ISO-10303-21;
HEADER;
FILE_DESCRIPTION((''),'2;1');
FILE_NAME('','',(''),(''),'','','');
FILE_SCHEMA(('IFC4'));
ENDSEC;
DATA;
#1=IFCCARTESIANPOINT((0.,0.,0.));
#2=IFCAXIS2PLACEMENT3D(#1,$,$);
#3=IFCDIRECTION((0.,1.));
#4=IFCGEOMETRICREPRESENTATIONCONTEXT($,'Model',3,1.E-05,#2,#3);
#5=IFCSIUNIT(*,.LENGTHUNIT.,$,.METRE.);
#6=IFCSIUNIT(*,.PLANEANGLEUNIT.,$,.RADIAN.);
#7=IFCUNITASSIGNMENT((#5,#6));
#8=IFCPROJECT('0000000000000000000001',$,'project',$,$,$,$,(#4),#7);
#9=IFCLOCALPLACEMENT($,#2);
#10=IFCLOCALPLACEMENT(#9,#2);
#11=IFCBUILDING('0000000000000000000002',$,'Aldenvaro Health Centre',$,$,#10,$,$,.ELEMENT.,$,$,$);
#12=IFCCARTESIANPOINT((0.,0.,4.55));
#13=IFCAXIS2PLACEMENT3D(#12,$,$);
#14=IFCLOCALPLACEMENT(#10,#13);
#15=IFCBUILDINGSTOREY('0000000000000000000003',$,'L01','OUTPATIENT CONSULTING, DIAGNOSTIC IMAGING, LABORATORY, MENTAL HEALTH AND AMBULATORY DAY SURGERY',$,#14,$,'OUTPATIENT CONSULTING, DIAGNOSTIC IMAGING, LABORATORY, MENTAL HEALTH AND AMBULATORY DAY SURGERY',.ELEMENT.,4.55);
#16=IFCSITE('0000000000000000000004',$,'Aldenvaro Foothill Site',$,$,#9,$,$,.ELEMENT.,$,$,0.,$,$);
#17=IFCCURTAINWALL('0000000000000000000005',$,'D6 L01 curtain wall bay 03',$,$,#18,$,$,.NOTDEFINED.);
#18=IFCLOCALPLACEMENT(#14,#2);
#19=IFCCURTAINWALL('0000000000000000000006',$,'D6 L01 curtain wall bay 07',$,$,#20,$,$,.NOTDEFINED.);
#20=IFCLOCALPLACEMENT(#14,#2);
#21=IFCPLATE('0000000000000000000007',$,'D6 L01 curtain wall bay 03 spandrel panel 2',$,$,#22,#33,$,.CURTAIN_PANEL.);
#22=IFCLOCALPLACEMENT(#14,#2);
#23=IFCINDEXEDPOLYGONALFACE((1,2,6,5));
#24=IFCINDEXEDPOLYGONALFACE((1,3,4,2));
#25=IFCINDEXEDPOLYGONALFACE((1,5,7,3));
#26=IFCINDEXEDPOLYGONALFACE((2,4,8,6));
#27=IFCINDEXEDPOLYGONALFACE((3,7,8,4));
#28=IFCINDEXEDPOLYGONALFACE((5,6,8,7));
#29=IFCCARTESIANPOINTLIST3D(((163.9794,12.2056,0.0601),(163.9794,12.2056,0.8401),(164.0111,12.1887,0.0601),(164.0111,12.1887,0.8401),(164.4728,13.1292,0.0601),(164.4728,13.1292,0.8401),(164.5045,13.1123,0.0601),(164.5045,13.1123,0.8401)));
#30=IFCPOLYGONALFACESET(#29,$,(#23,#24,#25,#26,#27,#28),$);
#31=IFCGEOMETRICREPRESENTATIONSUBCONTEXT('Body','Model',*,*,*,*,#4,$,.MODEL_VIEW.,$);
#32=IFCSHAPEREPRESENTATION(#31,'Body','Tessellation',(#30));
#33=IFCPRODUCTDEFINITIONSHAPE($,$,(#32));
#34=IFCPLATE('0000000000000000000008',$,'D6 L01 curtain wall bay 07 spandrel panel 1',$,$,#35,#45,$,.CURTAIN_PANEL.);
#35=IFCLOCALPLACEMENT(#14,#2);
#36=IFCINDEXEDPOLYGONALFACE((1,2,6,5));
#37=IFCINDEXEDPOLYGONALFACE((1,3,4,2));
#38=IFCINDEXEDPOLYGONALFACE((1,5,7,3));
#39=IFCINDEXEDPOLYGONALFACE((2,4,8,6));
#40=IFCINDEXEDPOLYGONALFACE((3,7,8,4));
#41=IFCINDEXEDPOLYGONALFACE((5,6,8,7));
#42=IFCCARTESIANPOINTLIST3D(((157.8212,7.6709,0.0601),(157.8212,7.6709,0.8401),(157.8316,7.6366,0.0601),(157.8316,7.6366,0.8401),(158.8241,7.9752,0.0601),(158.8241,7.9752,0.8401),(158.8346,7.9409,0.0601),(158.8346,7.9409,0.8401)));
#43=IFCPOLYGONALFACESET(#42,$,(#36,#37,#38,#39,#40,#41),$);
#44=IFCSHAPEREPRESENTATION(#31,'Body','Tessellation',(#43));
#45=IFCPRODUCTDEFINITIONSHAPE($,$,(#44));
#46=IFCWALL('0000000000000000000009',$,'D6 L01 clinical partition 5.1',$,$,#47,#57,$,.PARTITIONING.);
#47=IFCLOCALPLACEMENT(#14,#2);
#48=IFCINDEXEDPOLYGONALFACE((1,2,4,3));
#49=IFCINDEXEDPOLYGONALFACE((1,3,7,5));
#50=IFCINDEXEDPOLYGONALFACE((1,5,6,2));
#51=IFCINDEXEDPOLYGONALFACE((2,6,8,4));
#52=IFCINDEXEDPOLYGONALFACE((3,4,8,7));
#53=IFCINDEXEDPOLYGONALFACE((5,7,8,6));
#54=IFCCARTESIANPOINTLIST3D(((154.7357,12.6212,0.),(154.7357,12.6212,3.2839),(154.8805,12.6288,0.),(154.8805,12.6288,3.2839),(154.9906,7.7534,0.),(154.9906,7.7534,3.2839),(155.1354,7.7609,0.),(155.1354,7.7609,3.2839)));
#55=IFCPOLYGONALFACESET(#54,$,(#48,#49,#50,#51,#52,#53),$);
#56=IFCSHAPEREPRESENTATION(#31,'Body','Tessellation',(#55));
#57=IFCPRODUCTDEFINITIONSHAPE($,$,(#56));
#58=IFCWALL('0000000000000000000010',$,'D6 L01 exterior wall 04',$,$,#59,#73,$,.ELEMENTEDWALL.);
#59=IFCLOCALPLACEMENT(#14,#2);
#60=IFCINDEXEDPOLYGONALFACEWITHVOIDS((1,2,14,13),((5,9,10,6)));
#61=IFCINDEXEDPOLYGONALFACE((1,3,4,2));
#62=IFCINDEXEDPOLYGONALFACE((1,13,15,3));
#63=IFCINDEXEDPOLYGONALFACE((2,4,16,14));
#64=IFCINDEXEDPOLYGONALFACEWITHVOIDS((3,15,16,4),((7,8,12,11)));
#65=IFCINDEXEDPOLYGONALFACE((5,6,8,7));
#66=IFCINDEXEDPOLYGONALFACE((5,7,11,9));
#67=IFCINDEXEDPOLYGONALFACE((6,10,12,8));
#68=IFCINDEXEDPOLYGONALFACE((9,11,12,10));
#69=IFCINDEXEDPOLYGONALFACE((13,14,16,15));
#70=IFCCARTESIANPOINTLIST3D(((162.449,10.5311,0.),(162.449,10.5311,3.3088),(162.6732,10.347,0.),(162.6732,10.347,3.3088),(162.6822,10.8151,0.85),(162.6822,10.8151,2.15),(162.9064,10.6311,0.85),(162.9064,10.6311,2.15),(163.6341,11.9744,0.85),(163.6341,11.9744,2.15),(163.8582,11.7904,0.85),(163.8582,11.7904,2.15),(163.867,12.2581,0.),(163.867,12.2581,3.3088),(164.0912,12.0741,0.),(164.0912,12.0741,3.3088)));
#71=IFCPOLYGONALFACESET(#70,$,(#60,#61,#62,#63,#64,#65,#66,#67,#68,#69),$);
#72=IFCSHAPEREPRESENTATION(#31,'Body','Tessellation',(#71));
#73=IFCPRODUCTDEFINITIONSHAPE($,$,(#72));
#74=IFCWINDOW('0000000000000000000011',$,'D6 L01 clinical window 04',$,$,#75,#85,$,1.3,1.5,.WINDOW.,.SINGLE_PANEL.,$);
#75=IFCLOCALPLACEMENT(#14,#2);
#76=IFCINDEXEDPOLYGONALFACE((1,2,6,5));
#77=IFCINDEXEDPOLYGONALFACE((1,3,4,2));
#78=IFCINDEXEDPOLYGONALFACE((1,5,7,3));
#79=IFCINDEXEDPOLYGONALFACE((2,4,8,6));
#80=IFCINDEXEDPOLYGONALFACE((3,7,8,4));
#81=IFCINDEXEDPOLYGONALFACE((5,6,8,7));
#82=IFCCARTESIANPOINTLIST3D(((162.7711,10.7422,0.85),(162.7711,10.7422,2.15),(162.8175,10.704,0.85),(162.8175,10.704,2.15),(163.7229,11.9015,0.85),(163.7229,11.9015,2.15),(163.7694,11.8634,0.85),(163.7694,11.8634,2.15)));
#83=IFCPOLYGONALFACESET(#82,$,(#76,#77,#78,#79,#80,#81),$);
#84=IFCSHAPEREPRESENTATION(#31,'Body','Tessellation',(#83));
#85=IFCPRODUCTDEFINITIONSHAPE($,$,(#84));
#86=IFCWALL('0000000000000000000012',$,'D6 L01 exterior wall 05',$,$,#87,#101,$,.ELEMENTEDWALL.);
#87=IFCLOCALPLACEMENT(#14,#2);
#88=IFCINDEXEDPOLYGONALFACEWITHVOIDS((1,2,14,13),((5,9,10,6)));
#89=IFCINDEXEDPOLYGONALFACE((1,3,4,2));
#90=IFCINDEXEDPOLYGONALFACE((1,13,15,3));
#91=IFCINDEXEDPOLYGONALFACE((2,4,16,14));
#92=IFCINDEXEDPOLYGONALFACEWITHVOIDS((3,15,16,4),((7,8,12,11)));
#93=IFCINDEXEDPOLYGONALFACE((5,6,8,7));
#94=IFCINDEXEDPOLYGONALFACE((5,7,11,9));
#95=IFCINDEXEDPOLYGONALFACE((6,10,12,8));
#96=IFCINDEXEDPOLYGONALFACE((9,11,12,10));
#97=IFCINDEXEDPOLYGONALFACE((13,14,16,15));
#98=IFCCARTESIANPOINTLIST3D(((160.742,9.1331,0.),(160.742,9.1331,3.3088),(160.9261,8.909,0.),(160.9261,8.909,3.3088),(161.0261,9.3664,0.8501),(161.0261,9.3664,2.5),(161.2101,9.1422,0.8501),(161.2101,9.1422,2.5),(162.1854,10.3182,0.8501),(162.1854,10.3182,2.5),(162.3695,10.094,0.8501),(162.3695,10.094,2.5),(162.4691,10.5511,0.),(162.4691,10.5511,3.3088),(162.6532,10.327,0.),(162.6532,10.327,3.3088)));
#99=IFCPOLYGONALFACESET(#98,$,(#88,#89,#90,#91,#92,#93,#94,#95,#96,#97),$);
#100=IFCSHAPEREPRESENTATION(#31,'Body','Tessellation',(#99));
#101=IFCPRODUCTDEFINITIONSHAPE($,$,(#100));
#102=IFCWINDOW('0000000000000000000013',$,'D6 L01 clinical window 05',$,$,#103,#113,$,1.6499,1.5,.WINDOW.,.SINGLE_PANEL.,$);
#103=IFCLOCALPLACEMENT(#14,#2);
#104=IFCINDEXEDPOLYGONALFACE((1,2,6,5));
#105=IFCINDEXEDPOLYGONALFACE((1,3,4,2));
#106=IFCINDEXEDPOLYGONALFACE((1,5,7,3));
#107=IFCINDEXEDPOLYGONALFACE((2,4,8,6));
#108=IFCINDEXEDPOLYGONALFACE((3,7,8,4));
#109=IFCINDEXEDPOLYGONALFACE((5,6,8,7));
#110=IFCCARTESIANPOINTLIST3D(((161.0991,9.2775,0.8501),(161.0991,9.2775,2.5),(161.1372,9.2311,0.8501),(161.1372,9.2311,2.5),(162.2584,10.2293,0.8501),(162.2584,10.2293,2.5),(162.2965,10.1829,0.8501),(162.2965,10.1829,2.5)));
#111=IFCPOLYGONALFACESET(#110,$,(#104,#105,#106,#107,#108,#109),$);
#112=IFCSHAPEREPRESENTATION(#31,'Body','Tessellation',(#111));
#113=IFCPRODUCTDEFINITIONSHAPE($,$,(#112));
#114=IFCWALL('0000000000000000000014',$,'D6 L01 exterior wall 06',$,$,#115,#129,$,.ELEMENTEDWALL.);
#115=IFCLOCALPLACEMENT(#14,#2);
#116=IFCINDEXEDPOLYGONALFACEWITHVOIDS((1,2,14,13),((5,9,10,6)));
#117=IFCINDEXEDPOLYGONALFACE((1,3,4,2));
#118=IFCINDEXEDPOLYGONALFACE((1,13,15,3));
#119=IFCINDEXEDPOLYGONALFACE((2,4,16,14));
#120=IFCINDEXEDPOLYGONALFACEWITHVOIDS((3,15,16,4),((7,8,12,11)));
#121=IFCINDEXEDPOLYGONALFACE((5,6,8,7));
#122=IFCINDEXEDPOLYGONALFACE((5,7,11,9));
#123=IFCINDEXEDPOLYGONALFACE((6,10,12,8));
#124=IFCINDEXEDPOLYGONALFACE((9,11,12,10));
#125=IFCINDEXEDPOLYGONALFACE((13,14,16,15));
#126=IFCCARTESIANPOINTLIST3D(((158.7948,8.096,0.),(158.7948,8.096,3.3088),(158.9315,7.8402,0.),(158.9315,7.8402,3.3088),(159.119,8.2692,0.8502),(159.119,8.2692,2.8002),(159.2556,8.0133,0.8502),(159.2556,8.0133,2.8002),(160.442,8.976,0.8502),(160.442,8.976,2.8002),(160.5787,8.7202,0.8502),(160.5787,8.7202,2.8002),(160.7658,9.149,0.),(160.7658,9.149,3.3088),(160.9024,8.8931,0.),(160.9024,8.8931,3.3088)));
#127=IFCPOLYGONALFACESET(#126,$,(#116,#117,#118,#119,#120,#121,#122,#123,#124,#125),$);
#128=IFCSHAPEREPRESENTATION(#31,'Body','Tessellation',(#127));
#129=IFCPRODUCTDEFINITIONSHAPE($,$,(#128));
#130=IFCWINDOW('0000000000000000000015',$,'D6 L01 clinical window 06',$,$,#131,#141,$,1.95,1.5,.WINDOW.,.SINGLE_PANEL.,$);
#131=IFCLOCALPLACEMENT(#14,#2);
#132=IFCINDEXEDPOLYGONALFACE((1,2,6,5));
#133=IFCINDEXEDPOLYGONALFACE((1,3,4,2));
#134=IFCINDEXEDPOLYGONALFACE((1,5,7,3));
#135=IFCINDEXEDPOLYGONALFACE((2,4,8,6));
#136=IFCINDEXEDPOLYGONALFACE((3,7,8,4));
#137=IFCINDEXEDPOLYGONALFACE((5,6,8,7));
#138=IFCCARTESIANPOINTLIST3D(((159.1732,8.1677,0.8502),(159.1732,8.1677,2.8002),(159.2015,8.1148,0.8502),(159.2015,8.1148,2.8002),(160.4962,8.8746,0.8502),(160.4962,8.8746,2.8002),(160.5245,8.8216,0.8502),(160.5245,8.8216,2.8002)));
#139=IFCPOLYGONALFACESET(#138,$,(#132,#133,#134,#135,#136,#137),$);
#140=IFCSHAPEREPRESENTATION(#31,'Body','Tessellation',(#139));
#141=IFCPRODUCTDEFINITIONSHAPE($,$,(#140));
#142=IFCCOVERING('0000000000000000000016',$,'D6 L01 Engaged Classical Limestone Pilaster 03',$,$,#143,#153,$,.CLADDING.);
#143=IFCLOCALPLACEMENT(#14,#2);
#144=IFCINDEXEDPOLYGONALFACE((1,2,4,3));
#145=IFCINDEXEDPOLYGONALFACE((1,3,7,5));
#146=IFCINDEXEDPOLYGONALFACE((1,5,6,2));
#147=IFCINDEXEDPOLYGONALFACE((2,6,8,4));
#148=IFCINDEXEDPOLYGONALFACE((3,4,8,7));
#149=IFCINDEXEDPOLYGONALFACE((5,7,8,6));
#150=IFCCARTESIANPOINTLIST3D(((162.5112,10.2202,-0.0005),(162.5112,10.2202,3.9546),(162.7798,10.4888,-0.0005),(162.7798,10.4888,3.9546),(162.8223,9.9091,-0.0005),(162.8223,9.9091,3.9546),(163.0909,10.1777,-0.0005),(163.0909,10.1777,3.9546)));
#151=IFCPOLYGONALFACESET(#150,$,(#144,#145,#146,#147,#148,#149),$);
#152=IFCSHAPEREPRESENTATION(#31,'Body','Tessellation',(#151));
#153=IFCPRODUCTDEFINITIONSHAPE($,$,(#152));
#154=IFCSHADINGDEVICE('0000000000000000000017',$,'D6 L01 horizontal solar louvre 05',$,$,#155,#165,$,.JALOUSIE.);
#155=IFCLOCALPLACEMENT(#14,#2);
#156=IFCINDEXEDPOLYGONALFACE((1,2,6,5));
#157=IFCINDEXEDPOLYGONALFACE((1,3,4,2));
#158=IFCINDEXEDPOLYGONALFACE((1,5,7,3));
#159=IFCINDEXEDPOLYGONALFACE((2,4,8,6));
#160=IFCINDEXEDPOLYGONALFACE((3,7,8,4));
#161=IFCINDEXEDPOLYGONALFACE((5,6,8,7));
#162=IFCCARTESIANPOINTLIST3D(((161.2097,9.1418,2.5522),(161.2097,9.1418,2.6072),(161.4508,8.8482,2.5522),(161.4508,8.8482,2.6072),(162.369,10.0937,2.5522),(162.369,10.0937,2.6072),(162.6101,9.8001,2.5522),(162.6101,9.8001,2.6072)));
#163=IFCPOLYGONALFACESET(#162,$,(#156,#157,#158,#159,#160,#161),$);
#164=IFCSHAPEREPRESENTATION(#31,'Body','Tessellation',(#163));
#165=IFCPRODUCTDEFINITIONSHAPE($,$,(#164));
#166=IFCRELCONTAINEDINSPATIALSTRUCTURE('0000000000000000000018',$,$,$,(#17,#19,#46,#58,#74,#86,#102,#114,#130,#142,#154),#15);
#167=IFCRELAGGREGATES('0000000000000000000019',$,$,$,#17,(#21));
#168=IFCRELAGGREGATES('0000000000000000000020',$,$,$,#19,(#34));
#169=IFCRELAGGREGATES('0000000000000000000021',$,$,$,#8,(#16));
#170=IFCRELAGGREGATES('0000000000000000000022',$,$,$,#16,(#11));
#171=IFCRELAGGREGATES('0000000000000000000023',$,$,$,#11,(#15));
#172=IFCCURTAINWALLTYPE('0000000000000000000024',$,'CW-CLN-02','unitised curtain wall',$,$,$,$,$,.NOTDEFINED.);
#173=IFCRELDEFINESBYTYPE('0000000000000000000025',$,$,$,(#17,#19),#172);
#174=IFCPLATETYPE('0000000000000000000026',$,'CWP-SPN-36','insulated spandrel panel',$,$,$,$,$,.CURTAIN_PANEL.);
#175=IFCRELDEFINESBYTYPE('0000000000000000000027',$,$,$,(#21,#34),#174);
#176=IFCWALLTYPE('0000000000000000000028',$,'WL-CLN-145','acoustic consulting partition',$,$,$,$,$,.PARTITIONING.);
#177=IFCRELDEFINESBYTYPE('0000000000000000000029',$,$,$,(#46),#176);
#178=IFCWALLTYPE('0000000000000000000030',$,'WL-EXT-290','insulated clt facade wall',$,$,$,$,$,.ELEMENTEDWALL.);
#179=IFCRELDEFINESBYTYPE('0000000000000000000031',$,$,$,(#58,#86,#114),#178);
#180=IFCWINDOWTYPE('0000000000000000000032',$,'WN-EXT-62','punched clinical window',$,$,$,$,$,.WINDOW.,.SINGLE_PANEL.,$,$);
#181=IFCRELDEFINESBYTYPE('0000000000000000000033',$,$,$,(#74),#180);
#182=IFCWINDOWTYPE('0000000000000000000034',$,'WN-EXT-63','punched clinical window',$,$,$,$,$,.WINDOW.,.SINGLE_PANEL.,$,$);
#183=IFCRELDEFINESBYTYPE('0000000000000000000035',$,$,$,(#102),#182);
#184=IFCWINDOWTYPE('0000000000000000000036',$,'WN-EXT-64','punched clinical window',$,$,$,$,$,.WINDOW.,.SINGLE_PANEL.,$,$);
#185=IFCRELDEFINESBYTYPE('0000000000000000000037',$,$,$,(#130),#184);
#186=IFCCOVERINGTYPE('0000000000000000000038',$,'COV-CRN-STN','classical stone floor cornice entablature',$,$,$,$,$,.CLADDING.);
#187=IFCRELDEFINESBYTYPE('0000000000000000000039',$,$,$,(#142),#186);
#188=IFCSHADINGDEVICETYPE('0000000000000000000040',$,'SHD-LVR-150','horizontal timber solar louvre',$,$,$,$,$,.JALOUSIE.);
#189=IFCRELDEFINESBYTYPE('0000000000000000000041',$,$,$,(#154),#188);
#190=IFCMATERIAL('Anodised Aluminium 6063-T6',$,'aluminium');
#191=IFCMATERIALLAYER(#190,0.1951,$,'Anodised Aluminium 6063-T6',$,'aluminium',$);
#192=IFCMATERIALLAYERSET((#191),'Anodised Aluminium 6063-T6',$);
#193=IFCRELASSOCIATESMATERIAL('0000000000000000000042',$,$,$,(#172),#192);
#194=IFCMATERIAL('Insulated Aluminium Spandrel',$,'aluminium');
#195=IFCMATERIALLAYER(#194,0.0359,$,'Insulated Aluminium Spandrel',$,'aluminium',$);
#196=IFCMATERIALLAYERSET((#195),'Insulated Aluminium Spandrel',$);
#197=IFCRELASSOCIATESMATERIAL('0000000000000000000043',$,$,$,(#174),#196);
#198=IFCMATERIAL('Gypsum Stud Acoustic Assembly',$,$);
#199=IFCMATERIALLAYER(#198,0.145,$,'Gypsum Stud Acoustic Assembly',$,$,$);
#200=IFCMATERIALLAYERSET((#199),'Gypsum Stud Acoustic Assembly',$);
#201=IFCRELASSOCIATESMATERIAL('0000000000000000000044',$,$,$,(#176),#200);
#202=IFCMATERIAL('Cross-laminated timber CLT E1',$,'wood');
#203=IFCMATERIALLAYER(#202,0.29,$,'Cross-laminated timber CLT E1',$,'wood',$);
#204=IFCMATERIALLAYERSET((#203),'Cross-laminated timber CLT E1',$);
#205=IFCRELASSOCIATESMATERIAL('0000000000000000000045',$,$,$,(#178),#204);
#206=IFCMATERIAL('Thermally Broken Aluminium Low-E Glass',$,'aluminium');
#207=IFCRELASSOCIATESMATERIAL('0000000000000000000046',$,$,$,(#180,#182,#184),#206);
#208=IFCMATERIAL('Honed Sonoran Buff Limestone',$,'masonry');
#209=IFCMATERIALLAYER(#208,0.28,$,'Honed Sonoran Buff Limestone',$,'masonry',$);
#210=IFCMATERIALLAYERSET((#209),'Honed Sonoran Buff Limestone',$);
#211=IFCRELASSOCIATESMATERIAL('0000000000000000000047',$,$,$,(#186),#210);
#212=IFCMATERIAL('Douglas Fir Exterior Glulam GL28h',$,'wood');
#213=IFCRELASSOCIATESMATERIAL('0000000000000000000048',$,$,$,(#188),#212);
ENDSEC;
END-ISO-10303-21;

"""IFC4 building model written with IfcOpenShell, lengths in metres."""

from ifc_helpers import new_model, si_unit, direction, frame, frame_2d, origin, origin_2d, place, context, subcontext, project, spatial, rectangle, extrude, material, layer, layer_set, type_object, element, fill, aggregate, save


model = new_model("IFC4")

# Units and contexts
model_context = context("Model", 3, precision=1e-05, world=origin(), true_north=direction((0.0, 1.0)))
body_context = subcontext(model_context, "Body", "Model", "MODEL_VIEW")
ifc_project = project(units=[si_unit("LENGTHUNIT", "METRE"), si_unit("PLANEANGLEUNIT", "RADIAN")], contexts=[model_context])

# Site, building, storey
site_placement = place(None, origin())
site = spatial("IfcSite", under=ifc_project, at=site_placement, Name="Aldenvaro Foothill Site", CompositionType="ELEMENT", RefElevation=0.0)
building_placement = place(site_placement, origin())
building = spatial("IfcBuilding", under=site, at=building_placement, Name="Aldenvaro Health Centre", CompositionType="ELEMENT")
storey_placement = place(building_placement, frame((0.0, 0.0, 4.55)))
storey = spatial("IfcBuildingStorey", under=building, at=storey_placement, Name="L01", Description="OUTPATIENT CONSULTING, DIAGNOSTIC IMAGING, LABORATORY, MENTAL HEALTH AND AMBULATORY DAY SURGERY", LongName="OUTPATIENT CONSULTING, DIAGNOSTIC IMAGING, LABORATORY, MENTAL HEALTH AND AMBULATORY DAY SURGERY", CompositionType="ELEMENT", Elevation=4.55)

# Curtain wall
ifc_material_1 = material(Name="Anodised Aluminium 6063-T6", Category="aluminium")
ifc_layer_1 = layer(ifc_material_1, 0.1951, Name="Anodised Aluminium 6063-T6", Category="aluminium")
ifc_layer_set_1 = layer_set([ifc_layer_1], Name="Anodised Aluminium 6063-T6")
curtain_wall_type = type_object("IfcCurtainWallType", Name="CW-CLN-02", Description="unitised curtain wall", PredefinedType="NOTDEFINED", material=ifc_layer_set_1)
curtain_wall_1_placement = place(storey_placement, origin())
curtain_wall_1 = element("IfcCurtainWall", 1, at=curtain_wall_1_placement, inside=storey, type_object=curtain_wall_type, Name="D6 L01 curtain wall bay 03", PredefinedType="NOTDEFINED")

# Curtain wall
curtain_wall_2_placement = place(storey_placement, origin())
curtain_wall_2 = element("IfcCurtainWall", 2, at=curtain_wall_2_placement, inside=storey, type_object=curtain_wall_type, Name="D6 L01 curtain wall bay 07", PredefinedType="NOTDEFINED")

# Plates
ifc_material_2 = material(Name="Insulated Aluminium Spandrel", Category="aluminium")
ifc_layer_2 = layer(ifc_material_2, 0.0359, Name="Insulated Aluminium Spandrel", Category="aluminium")
ifc_layer_set_2 = layer_set([ifc_layer_2], Name="Insulated Aluminium Spandrel")
plate_type_1 = type_object("IfcPlateType", Name="CWP-SPN-36", Description="insulated spandrel panel", PredefinedType="CURTAIN_PANEL", material=ifc_layer_set_2)
plate_1_placement = place(storey_placement, frame((164.2419, 12.6589, 0.0601), z_axis=(0.0, 0.0, 1.0), x_axis=(-0.471215, -0.882018, 0.0)))
plate_1 = element("IfcPlate", 3, at=plate_1_placement, type_object=plate_type_1, Name="D6 L01 curtain wall bay 03 spandrel panel 2", PredefinedType="CURTAIN_PANEL", context=body_context, shape_type="SweptSolid", body=[
    extrude(rectangle(XDim=1.0471, YDim=0.0359, at=origin_2d()), origin(), (0.0, 0.0, 1.0), 0.78),
])
aggregate(curtain_wall_1, [plate_1])
plate_2_placement = place(storey_placement, frame((158.3279, 7.8059, 0.0601), z_axis=(0.0, 0.0, 1.0), x_axis=(-0.956923, -0.290343, 0.0)))
plate_2 = element("IfcPlate", 4, at=plate_2_placement, type_object=plate_type_1, Name="D6 L01 curtain wall bay 07 spandrel panel 1", PredefinedType="CURTAIN_PANEL", context=body_context, shape_type="SweptSolid", body=[
    extrude(rectangle(XDim=1.0481, YDim=0.0359, at=origin_2d()), origin(), (0.0, 0.0, 1.0), 0.78),
])
aggregate(curtain_wall_2, [plate_2])

# Wall
ifc_material_3 = material(Name="Gypsum Stud Acoustic Assembly")
ifc_layer_3 = layer(ifc_material_3, 0.145, Name="Gypsum Stud Acoustic Assembly")
ifc_layer_set_3 = layer_set([ifc_layer_3], Name="Gypsum Stud Acoustic Assembly")
wall_type_1 = type_object("IfcWallType", Name="WL-CLN-145", Description="acoustic consulting partition", PredefinedType="PARTITIONING", material=ifc_layer_set_3)
wall_1_placement = place(storey_placement, frame((154.8081, 12.625, 0.0), z_axis=(0.0, 0.0, 1.0), x_axis=(0.052288, -0.998632, 0.0)))
element("IfcWall", 5, at=wall_1_placement, inside=storey, type_object=wall_type_1, Name="D6 L01 clinical partition 5.1", PredefinedType="PARTITIONING", context=body_context, shape_type="SweptSolid", body=[
    extrude(rectangle(XDim=4.8745, YDim=0.145, at=frame_2d((2.4373, 0.0))), origin(), (0.0, 0.0, 1.0), 3.2839),
])

# Walls, openings, windows
ifc_material_4 = material(Name="Cross-laminated timber CLT E1", Category="wood")
ifc_layer_4 = layer(ifc_material_4, 0.29, Name="Cross-laminated timber CLT E1", Category="wood")
ifc_layer_set_4 = layer_set([ifc_layer_4], Name="Cross-laminated timber CLT E1")
wall_type_2 = type_object("IfcWallType", Name="WL-EXT-290", Description="insulated clt facade wall", PredefinedType="ELEMENTEDWALL", material=ifc_layer_set_4)
wall_2_placement = place(storey_placement, frame((163.979, 12.166, 0.0), z_axis=(0.0, 0.0, 1.0), x_axis=(-0.634558, -0.772876, 0.0)))
wall_2 = element("IfcWall", 6, at=wall_2_placement, inside=storey, type_object=wall_type_2, Name="D6 L01 exterior wall 04", PredefinedType="ELEMENTEDWALL", context=body_context, shape_type="SweptSolid", body=[
    extrude(rectangle(XDim=2.2346, YDim=0.29, at=frame_2d((1.1172, 0.0))), origin(), (0.0, 0.0, 1.0), 3.3088),
])
opening_1_placement = place(wall_2_placement, frame((0.3669, 0.0, 0.8501)))
opening_1 = element("IfcOpeningElement", 7, at=opening_1_placement, cuts=wall_2, PredefinedType="OPENING", context=body_context, shape_type="SweptSolid", body=[
    extrude(rectangle(XDim=1.5, YDim=1.3, at=frame_2d((0.75, 0.6499))), frame((0.0, 0.155, 0.0), z_axis=(0.0, -1.0, 0.0), x_axis=(1.0, 0.0, 0.0)), (0.0, 0.0, 1.0), 0.3101),
])
ifc_material_5 = material(Name="Thermally Broken Aluminium Low-E Glass", Category="aluminium")
window_type_1 = type_object("IfcWindowType", Name="WN-EXT-62", Description="punched clinical window", PartitioningType="SINGLE_PANEL", PredefinedType="WINDOW", material=ifc_material_5)
window_1_placement = place(opening_1_placement, origin())
window_1 = element("IfcWindow", 8, at=window_1_placement, inside=storey, type_object=window_type_1, Name="D6 L01 clinical window 04", OverallHeight=1.3, OverallWidth=1.5, PartitioningType="SINGLE_PANEL", PredefinedType="WINDOW", context=body_context, shape_type="SweptSolid", body=[
    extrude(rectangle(XDim=1.5, YDim=1.3, at=frame_2d((0.75, 0.6499))), frame((0.0, 0.03, 0.0), z_axis=(0.0, -1.0, 0.0), x_axis=(1.0, 0.0, 0.0)), (0.0, 0.0, 1.0), 0.0601),
])
fill(opening_1, window_1)
wall_3_placement = place(storey_placement, frame((162.561, 10.439, 0.0), z_axis=(0.0, 0.0, 1.0), x_axis=(-0.772876, -0.634558, 0.0)))
wall_3 = element("IfcWall", 9, at=wall_3_placement, inside=storey, type_object=wall_type_2, Name="D6 L01 exterior wall 05", PredefinedType="ELEMENTEDWALL", context=body_context, shape_type="SweptSolid", body=[
    extrude(rectangle(XDim=2.2346, YDim=0.29, at=frame_2d((1.1172, 0.0))), origin(), (0.0, 0.0, 1.0), 3.3088),
])
opening_2_placement = place(wall_3_placement, frame((0.3669, 0.0, 0.8501)))
opening_2 = element("IfcOpeningElement", 10, at=opening_2_placement, cuts=wall_3, PredefinedType="OPENING", context=body_context, shape_type="SweptSolid", body=[
    extrude(rectangle(XDim=1.5, YDim=1.6499, at=frame_2d((0.75, 0.825))), frame((0.0, 0.155, 0.0), z_axis=(0.0, -1.0, 0.0), x_axis=(1.0, 0.0, 0.0)), (0.0, 0.0, 1.0), 0.3101),
])
window_type_2 = type_object("IfcWindowType", Name="WN-EXT-63", Description="punched clinical window", PartitioningType="SINGLE_PANEL", PredefinedType="WINDOW", material=ifc_material_5)
window_2_placement = place(opening_2_placement, origin())
window_2 = element("IfcWindow", 11, at=window_2_placement, inside=storey, type_object=window_type_2, Name="D6 L01 clinical window 05", OverallHeight=1.6499, OverallWidth=1.5, PartitioningType="SINGLE_PANEL", PredefinedType="WINDOW", context=body_context, shape_type="SweptSolid", body=[
    extrude(rectangle(XDim=1.5, YDim=1.6499, at=frame_2d((0.75, 0.825))), frame((0.0, 0.03, 0.0), z_axis=(0.0, -1.0, 0.0), x_axis=(1.0, 0.0, 0.0)), (0.0, 0.0, 1.0), 0.0601),
])
fill(opening_2, window_2)
wall_4_placement = place(storey_placement, frame((160.834, 9.021, 0.0), z_axis=(0.0, 0.0, 1.0), x_axis=(-0.882017, -0.471218, 0.0)))
wall_4 = element("IfcWall", 12, at=wall_4_placement, inside=storey, type_object=wall_type_2, Name="D6 L01 exterior wall 06", PredefinedType="ELEMENTEDWALL", context=body_context, shape_type="SweptSolid", body=[
    extrude(rectangle(XDim=2.2346, YDim=0.29, at=frame_2d((1.1172, 0.0))), origin(), (0.0, 0.0, 1.0), 3.3088),
])
opening_3_placement = place(wall_4_placement, frame((0.3669, 0.0, 0.8501)))
opening_3 = element("IfcOpeningElement", 13, at=opening_3_placement, cuts=wall_4, PredefinedType="OPENING", context=body_context, shape_type="SweptSolid", body=[
    extrude(rectangle(XDim=1.5, YDim=1.95, at=frame_2d((0.75, 0.9751))), frame((0.0, 0.155, 0.0), z_axis=(0.0, -1.0, 0.0), x_axis=(1.0, 0.0, 0.0)), (0.0, 0.0, 1.0), 0.3101),
])
window_type_3 = type_object("IfcWindowType", Name="WN-EXT-64", Description="punched clinical window", PartitioningType="SINGLE_PANEL", PredefinedType="WINDOW", material=ifc_material_5)
window_3_placement = place(opening_3_placement, origin())
window_3 = element("IfcWindow", 14, at=window_3_placement, inside=storey, type_object=window_type_3, Name="D6 L01 clinical window 06", OverallHeight=1.95, OverallWidth=1.5, PartitioningType="SINGLE_PANEL", PredefinedType="WINDOW", context=body_context, shape_type="SweptSolid", body=[
    extrude(rectangle(XDim=1.5, YDim=1.95, at=frame_2d((0.75, 0.9751))), frame((0.0, 0.03, 0.0), z_axis=(0.0, -1.0, 0.0), x_axis=(1.0, 0.0, 0.0)), (0.0, 0.0, 1.0), 0.0601),
])
fill(opening_3, window_3)

# Covering
ifc_material_6 = material(Name="Honed Sonoran Buff Limestone", Category="masonry")
ifc_layer_5 = layer(ifc_material_6, 0.28, Name="Honed Sonoran Buff Limestone", Category="masonry")
ifc_layer_set_5 = layer_set([ifc_layer_5], Name="Honed Sonoran Buff Limestone")
covering_type = type_object("IfcCoveringType", Name="COV-CRN-STN", Description="classical stone floor cornice entablature", PredefinedType="CLADDING", material=ifc_layer_set_5)
covering_placement = place(storey_placement, frame((162.801, 10.199, -0.0005), z_axis=(0.0, 0.0, 1.0), x_axis=(0.707107, -0.707107, 0.0)))
element("IfcCovering", 15, at=covering_placement, inside=storey, type_object=covering_type, Name="D6 L01 Engaged Classical Limestone Pilaster 03", PredefinedType="CLADDING", context=body_context, shape_type="SweptSolid", body=[
    extrude(rectangle(XDim=0.4399, YDim=0.3799, at=origin_2d()), origin(), (0.0, 0.0, 1.0), 3.9551),
])

# Shading device
ifc_material_7 = material(Name="Douglas Fir Exterior Glulam GL28h", Category="wood")
shading_device_type = type_object("IfcShadingDeviceType", Name="SHD-LVR-150", Description="horizontal timber solar louvre", PredefinedType="JALOUSIE", material=ifc_material_7)
shading_device_placement = place(storey_placement, frame((161.9099, 9.4709, 2.5522), z_axis=(0.0, 0.0, 1.0), x_axis=(-0.77286, -0.634577, 0.0)))
element("IfcShadingDevice", 16, at=shading_device_placement, inside=storey, type_object=shading_device_type, Name="D6 L01 horizontal solar louvre 05", PredefinedType="JALOUSIE", context=body_context, shape_type="SweptSolid", body=[
    extrude(rectangle(XDim=1.5, YDim=0.3799, at=origin_2d()), origin(), (0.0, 0.0, 1.0), 0.0549),
])

save(model, "model.ifc")
